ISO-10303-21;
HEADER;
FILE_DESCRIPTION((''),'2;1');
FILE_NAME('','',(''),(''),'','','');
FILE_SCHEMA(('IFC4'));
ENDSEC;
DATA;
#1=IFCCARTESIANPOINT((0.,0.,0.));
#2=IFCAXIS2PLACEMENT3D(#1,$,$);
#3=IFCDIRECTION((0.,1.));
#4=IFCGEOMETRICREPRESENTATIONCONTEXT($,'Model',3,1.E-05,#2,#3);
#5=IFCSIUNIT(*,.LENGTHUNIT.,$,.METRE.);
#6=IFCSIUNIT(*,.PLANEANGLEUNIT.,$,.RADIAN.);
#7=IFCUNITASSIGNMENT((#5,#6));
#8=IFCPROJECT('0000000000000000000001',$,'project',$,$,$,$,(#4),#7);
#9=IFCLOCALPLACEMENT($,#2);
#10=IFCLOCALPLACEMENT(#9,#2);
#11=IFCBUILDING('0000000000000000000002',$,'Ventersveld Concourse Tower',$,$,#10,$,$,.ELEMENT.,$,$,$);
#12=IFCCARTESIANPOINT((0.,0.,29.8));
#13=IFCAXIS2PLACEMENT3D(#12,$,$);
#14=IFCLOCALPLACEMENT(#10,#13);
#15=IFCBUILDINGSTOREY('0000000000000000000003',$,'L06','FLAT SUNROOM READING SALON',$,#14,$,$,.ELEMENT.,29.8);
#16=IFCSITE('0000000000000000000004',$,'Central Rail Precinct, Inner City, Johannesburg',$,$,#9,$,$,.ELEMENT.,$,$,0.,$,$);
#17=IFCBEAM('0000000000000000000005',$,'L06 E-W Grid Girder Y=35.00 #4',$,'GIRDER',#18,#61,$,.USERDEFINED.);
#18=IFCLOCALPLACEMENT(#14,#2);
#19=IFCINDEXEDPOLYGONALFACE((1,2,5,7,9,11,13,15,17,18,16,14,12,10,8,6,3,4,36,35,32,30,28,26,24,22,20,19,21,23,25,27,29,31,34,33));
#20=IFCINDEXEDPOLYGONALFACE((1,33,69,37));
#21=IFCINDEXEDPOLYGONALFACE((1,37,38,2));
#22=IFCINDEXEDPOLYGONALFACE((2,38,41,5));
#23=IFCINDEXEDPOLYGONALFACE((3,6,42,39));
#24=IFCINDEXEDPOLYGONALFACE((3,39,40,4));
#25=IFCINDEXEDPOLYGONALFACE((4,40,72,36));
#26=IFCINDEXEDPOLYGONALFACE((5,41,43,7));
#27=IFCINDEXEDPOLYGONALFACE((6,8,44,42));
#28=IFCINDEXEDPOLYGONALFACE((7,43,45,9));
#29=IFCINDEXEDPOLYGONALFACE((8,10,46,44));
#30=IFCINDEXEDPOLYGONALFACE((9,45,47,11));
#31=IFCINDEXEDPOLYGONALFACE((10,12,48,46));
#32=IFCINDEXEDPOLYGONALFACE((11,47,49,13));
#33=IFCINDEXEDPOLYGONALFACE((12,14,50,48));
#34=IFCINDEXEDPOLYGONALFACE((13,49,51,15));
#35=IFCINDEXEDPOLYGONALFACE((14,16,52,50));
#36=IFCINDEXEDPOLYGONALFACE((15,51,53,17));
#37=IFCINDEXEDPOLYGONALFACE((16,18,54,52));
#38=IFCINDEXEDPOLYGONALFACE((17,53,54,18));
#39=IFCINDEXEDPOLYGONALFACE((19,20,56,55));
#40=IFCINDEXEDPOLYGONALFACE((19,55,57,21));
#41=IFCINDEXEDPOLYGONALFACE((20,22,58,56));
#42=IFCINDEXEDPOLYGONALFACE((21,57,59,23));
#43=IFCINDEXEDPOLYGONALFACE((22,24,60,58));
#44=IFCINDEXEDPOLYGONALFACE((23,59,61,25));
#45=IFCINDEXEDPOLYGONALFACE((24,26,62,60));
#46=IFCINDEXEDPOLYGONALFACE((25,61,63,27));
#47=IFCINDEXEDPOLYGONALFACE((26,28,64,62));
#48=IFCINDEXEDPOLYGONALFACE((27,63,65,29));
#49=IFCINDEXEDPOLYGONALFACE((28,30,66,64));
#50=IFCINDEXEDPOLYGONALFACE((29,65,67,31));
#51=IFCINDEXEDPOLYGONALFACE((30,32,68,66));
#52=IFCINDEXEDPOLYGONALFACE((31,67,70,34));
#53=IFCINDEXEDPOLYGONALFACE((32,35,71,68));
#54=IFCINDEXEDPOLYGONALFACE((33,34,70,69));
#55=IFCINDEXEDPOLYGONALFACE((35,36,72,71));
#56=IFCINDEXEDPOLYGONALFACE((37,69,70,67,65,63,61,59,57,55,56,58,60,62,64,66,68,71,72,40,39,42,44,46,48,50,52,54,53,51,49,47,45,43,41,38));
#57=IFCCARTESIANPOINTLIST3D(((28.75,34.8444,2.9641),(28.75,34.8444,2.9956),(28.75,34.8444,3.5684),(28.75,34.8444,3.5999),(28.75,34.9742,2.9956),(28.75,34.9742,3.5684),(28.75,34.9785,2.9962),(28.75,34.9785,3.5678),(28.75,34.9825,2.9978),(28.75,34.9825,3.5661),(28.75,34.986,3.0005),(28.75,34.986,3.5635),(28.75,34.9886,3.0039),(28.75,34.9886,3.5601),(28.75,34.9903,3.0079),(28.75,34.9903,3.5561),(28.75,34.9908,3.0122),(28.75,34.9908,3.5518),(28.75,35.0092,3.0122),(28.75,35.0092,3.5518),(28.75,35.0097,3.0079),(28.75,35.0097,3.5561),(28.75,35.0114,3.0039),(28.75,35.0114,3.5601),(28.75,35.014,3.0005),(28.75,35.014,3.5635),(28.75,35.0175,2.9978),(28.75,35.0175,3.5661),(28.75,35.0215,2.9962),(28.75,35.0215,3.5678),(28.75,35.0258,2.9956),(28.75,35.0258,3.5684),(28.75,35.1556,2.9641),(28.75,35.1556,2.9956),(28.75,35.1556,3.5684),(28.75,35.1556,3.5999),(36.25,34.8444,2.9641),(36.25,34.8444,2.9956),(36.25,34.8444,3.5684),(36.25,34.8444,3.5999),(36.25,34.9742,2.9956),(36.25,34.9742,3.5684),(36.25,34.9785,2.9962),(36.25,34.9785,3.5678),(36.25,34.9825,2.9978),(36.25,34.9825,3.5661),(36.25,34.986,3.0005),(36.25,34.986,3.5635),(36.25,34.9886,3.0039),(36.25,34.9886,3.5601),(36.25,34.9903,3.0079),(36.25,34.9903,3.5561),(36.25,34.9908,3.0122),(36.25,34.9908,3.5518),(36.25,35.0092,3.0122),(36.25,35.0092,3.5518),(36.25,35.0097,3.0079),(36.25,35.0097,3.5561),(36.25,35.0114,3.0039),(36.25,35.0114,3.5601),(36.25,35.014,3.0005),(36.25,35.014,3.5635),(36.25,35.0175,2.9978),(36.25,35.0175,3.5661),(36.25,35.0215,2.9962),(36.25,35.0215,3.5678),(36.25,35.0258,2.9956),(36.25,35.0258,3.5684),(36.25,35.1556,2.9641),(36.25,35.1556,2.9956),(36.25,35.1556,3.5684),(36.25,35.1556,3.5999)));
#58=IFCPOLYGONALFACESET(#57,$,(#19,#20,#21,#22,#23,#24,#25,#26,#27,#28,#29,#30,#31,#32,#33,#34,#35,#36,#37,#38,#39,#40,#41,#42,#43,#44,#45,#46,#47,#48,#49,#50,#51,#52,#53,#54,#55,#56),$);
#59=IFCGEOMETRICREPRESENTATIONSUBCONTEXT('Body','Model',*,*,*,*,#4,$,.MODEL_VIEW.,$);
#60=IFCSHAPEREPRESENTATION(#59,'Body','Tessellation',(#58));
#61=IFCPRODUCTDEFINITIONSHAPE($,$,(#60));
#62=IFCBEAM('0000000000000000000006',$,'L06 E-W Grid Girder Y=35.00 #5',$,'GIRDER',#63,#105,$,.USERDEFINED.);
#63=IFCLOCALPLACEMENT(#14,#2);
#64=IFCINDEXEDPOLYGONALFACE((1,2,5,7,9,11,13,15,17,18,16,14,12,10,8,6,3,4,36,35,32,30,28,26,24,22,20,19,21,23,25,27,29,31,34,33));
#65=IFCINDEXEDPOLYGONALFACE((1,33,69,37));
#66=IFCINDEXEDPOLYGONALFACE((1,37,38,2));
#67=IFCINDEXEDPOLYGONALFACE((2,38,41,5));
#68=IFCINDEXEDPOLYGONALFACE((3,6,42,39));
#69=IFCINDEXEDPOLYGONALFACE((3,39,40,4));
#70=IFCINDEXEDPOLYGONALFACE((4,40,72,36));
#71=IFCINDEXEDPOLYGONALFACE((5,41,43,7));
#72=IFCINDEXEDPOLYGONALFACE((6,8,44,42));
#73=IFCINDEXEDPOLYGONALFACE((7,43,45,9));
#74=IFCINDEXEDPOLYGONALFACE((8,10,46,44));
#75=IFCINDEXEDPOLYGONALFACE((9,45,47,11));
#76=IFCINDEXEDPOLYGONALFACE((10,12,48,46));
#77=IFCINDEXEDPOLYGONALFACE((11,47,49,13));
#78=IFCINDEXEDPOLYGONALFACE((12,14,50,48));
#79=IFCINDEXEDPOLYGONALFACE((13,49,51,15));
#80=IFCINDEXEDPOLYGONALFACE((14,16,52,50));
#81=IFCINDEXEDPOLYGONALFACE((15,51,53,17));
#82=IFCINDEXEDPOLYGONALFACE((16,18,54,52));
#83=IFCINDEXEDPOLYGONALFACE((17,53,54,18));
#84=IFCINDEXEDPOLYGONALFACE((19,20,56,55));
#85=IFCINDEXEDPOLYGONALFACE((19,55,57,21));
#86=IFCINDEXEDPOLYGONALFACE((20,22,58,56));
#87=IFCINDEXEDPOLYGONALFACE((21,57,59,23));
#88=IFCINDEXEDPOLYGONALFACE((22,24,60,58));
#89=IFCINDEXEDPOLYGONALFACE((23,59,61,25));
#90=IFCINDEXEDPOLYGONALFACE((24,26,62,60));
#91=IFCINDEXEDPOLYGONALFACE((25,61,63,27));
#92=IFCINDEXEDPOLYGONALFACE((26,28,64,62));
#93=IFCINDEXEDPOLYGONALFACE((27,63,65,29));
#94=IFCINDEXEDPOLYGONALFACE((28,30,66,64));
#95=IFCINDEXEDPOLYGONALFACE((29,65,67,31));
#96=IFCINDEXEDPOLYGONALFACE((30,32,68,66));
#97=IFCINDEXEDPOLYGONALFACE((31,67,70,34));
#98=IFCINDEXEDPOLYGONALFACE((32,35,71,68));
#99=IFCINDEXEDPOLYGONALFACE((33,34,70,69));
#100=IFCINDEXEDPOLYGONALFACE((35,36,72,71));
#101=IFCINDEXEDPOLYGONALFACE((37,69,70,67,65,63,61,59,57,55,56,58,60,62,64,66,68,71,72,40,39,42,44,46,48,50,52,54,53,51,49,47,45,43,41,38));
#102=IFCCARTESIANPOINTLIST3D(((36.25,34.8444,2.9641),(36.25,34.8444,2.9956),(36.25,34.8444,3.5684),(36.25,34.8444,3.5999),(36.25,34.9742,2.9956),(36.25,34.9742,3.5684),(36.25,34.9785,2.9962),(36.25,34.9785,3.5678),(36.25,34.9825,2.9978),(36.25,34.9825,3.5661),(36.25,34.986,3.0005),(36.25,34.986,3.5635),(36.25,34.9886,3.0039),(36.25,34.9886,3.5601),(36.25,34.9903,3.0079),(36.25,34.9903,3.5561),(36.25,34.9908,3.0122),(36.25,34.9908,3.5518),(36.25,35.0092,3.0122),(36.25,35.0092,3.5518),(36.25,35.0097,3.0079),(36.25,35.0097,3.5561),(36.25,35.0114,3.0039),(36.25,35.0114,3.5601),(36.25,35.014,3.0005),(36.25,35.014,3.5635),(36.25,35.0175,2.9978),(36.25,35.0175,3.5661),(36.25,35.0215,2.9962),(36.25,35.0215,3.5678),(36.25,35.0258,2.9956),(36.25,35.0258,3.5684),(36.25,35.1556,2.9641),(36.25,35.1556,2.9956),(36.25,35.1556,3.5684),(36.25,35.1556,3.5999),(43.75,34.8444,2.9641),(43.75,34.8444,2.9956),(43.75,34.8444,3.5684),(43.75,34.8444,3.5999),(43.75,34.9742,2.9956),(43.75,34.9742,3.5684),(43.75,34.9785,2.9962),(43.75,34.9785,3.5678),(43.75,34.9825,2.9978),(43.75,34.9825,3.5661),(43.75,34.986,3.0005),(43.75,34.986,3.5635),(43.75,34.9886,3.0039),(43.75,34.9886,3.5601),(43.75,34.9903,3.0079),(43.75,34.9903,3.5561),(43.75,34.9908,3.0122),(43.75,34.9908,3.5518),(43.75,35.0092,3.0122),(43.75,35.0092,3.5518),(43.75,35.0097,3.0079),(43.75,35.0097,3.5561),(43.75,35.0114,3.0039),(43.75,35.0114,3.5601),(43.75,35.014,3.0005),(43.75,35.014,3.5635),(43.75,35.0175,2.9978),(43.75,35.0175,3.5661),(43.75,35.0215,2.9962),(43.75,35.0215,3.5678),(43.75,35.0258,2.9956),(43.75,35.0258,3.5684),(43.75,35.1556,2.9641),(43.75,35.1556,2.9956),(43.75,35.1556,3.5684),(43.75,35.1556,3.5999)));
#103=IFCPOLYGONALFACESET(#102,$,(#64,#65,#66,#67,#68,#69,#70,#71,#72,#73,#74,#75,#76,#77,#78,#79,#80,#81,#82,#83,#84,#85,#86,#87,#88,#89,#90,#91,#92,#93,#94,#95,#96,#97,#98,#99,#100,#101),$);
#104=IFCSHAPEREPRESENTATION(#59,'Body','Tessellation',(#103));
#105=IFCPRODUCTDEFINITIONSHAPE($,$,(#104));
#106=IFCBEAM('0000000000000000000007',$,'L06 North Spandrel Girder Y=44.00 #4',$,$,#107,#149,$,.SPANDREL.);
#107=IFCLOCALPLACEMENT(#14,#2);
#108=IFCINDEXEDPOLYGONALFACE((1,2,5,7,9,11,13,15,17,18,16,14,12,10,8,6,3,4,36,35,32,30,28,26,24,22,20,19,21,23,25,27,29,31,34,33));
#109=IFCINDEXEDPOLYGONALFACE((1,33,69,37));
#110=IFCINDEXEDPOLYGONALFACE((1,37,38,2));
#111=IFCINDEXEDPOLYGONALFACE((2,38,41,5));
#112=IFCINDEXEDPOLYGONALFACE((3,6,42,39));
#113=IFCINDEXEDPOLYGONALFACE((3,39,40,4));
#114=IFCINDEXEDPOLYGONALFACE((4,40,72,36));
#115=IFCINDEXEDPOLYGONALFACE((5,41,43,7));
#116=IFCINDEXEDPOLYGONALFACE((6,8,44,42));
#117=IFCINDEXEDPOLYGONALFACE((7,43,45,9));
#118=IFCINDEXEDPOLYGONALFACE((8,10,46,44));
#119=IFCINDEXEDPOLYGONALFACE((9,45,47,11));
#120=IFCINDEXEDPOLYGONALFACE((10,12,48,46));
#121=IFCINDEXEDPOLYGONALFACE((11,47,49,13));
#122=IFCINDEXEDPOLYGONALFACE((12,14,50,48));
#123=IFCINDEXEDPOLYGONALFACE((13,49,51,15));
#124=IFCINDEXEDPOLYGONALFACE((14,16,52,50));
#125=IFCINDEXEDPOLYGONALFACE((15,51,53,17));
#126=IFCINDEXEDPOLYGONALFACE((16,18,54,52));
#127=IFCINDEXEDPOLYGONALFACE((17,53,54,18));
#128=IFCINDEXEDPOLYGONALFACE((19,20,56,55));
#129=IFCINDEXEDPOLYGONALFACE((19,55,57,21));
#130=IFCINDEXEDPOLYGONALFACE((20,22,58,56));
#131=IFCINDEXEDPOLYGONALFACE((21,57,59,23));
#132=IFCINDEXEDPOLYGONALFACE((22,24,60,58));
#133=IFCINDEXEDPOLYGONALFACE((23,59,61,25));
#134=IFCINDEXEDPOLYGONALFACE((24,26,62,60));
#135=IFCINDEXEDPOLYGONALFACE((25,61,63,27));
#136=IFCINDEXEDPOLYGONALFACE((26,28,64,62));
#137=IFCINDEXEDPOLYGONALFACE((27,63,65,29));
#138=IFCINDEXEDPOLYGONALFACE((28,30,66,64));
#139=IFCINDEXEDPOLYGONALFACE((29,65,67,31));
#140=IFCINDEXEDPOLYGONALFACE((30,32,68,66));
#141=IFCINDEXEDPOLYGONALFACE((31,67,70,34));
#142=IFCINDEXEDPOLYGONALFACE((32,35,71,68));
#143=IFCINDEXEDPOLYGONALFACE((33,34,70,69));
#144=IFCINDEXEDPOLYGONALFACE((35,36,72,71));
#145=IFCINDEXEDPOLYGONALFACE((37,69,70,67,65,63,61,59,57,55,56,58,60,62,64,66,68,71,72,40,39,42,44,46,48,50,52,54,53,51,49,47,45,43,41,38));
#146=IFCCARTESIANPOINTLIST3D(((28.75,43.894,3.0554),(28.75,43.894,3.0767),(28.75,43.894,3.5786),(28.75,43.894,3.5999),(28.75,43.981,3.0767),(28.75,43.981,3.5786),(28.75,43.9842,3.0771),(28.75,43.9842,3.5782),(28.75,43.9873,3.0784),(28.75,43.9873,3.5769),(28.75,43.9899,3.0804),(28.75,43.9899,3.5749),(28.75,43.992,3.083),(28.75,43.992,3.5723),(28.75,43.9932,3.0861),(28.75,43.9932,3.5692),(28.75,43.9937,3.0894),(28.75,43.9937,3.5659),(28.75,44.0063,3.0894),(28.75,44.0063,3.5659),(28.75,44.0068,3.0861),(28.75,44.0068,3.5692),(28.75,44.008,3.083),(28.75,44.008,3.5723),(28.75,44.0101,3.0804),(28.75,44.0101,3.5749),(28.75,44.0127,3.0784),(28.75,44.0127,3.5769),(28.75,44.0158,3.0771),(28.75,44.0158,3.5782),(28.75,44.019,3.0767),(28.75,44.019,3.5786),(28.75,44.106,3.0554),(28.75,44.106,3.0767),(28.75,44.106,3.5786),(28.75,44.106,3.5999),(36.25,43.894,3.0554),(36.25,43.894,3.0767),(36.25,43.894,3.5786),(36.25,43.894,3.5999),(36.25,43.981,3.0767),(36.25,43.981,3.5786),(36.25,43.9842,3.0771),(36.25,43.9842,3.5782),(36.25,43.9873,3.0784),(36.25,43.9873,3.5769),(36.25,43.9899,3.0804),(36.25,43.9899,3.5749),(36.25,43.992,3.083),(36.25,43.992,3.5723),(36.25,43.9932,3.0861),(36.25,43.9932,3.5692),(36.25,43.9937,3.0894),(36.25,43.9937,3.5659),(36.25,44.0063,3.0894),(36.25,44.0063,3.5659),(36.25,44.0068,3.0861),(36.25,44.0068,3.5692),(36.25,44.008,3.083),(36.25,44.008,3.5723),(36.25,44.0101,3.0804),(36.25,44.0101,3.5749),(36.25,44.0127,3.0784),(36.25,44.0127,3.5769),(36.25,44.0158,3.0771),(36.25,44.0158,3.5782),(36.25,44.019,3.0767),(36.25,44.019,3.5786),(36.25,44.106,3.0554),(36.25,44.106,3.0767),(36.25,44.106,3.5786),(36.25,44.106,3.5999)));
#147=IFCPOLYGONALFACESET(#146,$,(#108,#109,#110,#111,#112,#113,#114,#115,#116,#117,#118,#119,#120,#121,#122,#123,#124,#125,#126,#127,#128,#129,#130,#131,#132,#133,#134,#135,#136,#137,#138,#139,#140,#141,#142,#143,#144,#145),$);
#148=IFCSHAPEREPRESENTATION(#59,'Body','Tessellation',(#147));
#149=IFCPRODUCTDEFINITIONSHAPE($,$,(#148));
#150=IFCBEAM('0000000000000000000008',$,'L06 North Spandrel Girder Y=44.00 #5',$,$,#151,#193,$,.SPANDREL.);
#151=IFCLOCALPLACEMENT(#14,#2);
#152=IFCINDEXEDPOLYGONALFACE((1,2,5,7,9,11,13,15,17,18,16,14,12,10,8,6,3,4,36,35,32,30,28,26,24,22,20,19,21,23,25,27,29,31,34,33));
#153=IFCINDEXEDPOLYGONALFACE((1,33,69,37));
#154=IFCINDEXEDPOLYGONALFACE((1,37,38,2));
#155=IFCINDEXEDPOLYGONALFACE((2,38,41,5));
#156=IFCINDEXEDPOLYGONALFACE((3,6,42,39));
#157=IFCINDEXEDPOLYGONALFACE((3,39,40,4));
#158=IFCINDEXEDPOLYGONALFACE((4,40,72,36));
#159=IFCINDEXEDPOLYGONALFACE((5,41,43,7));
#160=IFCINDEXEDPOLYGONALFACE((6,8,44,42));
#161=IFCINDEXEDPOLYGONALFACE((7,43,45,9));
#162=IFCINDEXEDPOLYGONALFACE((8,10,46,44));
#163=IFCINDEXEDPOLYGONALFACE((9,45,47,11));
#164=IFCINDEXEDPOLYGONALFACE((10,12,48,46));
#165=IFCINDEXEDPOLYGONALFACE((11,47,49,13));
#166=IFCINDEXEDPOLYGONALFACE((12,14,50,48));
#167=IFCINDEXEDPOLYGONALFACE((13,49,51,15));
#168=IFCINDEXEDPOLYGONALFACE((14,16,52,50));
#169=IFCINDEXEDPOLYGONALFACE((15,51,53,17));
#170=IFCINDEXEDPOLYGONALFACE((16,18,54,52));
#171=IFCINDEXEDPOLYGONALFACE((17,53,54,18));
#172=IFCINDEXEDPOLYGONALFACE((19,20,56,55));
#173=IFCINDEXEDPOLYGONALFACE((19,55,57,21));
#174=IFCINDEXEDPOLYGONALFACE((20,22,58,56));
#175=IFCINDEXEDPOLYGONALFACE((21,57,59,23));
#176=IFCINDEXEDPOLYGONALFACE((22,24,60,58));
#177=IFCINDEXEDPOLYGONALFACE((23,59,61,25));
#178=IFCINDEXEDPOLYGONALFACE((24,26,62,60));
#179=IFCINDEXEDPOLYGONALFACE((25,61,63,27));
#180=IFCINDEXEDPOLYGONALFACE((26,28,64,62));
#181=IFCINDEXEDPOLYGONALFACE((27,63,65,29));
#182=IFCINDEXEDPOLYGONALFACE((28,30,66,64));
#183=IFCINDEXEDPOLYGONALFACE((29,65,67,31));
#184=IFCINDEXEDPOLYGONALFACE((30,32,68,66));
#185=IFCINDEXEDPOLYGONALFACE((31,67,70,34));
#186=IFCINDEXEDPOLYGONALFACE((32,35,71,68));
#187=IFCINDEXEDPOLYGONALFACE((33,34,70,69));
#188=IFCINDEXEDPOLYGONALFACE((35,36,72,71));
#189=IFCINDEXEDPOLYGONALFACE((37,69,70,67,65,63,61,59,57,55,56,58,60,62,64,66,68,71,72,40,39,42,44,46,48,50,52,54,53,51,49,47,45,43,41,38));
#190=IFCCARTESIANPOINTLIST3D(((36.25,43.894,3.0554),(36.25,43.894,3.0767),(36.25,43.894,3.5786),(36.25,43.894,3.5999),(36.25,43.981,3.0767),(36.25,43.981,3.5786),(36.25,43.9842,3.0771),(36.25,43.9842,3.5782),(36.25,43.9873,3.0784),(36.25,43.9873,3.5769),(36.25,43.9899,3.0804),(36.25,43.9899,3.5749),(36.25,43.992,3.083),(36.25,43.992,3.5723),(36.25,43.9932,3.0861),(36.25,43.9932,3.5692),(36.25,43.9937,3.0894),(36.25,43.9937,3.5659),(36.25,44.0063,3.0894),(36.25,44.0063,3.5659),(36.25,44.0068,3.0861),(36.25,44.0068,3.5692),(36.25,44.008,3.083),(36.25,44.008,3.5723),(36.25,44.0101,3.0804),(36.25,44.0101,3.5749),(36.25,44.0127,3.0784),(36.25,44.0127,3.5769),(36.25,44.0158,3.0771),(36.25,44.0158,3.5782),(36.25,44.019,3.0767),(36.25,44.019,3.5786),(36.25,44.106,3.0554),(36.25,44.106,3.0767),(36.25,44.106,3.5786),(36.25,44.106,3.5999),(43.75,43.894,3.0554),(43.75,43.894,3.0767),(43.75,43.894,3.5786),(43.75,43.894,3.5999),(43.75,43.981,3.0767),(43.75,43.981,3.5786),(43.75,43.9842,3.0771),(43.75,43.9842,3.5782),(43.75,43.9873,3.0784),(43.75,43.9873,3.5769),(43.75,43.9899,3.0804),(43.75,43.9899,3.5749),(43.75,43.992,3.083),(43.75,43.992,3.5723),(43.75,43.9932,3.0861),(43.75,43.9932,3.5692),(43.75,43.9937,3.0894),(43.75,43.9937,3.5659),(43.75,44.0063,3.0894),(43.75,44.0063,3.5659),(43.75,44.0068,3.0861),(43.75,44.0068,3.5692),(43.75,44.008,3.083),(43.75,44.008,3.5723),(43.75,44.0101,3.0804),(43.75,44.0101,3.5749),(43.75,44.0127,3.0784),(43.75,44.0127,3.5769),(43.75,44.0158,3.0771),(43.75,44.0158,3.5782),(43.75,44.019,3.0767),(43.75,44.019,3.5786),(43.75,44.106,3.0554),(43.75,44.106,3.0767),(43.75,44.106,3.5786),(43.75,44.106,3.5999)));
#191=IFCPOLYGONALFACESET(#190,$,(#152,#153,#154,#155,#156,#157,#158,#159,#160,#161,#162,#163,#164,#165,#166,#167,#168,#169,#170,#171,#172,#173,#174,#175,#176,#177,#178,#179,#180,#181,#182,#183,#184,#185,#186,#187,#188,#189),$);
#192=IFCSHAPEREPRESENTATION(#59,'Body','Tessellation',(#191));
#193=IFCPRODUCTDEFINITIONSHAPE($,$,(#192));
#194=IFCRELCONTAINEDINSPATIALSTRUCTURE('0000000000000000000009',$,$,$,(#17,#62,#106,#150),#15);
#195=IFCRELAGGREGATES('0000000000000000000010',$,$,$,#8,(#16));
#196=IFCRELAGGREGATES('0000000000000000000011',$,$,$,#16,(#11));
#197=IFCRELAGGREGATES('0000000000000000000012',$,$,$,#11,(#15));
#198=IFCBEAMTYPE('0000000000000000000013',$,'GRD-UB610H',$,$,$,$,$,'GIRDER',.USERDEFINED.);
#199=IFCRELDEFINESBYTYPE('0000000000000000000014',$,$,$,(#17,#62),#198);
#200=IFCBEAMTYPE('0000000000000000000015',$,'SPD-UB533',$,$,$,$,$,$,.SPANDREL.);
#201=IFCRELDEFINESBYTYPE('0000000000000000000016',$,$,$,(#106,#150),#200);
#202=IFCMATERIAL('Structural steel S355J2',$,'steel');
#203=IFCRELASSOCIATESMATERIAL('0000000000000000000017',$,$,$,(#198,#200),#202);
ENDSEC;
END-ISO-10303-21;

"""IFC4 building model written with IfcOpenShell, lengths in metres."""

from ifc_helpers import new_model, si_unit, direction, frame, origin, origin_2d, place, context, subcontext, project, spatial, i_section, extrude, material, material_profile, profile_set, type_object, element, save


model = new_model("IFC4")

# Units and contexts
model_context = context("Model", 3, precision=1e-05, world=origin(), true_north=direction((0.0, 1.0)))
body_context = subcontext(model_context, "Body", "Model", "MODEL_VIEW")
ifc_project = project(units=[si_unit("LENGTHUNIT", "METRE"), si_unit("PLANEANGLEUNIT", "RADIAN")], contexts=[model_context])

# Site, building, storey
site_placement = place(None, origin())
site = spatial("IfcSite", under=ifc_project, at=site_placement, Name="Central Rail Precinct, Inner City, Johannesburg", CompositionType="ELEMENT", RefElevation=0.0)
building_placement = place(site_placement, origin())
building = spatial("IfcBuilding", under=site, at=building_placement, Name="Ventersveld Concourse Tower", CompositionType="ELEMENT")
storey_placement = place(building_placement, frame((0.0, 0.0, 29.8)))
storey = spatial("IfcBuildingStorey", under=building, at=storey_placement, Name="L06", Description="FLAT SUNROOM READING SALON", CompositionType="ELEMENT", Elevation=29.8)

# Beams
ifc_material_1 = material(Name="Structural steel S355J2", Category="steel")
ifc_material_profile_1 = material_profile(ifc_material_1, i_section(OverallWidth=0.3113, OverallDepth=0.6357, WebThickness=0.0183, FlangeThickness=0.0315, FilletRadius=0.0166, at=origin_2d()), Name="UB 610x305x238")
ifc_profile_set_1 = profile_set([ifc_material_profile_1], Name="Structural steel S355J2")
beam_type_1 = type_object("IfcBeamType", Name="GRD-UB610H", ElementType="GIRDER", PredefinedType="USERDEFINED", material=ifc_profile_set_1)
for number, where, z_axis, x_axis, name in (
    (1, (28.75, 35.0, 3.282), (1.0, 0.0, 0.0), (0.0, 1.0, 0.0), "L06 E-W Grid Girder Y=35.00 #4"),
    (2, (36.25, 35.0, 3.282), (1.0, 0.0, 0.0), (0.0, 1.0, 0.0), "L06 E-W Grid Girder Y=35.00 #5"),
):
    element("IfcBeam", number, at=place(storey_placement, frame(where, z_axis=z_axis, x_axis=x_axis)), inside=storey, type_object=beam_type_1, Name=name, ObjectType="GIRDER", PredefinedType="USERDEFINED", context=body_context, shape_type="SweptSolid", body=[
        extrude(i_section(OverallWidth=0.3113, OverallDepth=0.6357, WebThickness=0.0183, FlangeThickness=0.0315, FilletRadius=0.0166, at=origin_2d()), origin(), (0.0, 0.0, 1.0), 7.5),
    ])
ifc_material_profile_2 = material_profile(ifc_material_1, i_section(OverallWidth=0.2119, OverallDepth=0.5444, WebThickness=0.0127, FlangeThickness=0.0212, FilletRadius=0.0127, at=origin_2d()), Name="UB 533x210x122")
ifc_profile_set_2 = profile_set([ifc_material_profile_2], Name="Structural steel S355J2")
beam_type_2 = type_object("IfcBeamType", Name="SPD-UB533", PredefinedType="SPANDREL", material=ifc_profile_set_2)
for number, where, z_axis, x_axis, name in (
    (3, (28.75, 44.0, 3.3276), (1.0, 0.0, 0.0), (0.0, 1.0, 0.0), "L06 North Spandrel Girder Y=44.00 #4"),
    (4, (36.25, 44.0, 3.3276), (1.0, 0.0, 0.0), (0.0, 1.0, 0.0), "L06 North Spandrel Girder Y=44.00 #5"),
):
    element("IfcBeam", number, at=place(storey_placement, frame(where, z_axis=z_axis, x_axis=x_axis)), inside=storey, type_object=beam_type_2, Name=name, PredefinedType="SPANDREL", context=body_context, shape_type="SweptSolid", body=[
        extrude(i_section(OverallWidth=0.2119, OverallDepth=0.5444, WebThickness=0.0127, FlangeThickness=0.0212, FilletRadius=0.0127, at=origin_2d()), origin(), (0.0, 0.0, 1.0), 7.5),
    ])

save(model, "model.ifc")
